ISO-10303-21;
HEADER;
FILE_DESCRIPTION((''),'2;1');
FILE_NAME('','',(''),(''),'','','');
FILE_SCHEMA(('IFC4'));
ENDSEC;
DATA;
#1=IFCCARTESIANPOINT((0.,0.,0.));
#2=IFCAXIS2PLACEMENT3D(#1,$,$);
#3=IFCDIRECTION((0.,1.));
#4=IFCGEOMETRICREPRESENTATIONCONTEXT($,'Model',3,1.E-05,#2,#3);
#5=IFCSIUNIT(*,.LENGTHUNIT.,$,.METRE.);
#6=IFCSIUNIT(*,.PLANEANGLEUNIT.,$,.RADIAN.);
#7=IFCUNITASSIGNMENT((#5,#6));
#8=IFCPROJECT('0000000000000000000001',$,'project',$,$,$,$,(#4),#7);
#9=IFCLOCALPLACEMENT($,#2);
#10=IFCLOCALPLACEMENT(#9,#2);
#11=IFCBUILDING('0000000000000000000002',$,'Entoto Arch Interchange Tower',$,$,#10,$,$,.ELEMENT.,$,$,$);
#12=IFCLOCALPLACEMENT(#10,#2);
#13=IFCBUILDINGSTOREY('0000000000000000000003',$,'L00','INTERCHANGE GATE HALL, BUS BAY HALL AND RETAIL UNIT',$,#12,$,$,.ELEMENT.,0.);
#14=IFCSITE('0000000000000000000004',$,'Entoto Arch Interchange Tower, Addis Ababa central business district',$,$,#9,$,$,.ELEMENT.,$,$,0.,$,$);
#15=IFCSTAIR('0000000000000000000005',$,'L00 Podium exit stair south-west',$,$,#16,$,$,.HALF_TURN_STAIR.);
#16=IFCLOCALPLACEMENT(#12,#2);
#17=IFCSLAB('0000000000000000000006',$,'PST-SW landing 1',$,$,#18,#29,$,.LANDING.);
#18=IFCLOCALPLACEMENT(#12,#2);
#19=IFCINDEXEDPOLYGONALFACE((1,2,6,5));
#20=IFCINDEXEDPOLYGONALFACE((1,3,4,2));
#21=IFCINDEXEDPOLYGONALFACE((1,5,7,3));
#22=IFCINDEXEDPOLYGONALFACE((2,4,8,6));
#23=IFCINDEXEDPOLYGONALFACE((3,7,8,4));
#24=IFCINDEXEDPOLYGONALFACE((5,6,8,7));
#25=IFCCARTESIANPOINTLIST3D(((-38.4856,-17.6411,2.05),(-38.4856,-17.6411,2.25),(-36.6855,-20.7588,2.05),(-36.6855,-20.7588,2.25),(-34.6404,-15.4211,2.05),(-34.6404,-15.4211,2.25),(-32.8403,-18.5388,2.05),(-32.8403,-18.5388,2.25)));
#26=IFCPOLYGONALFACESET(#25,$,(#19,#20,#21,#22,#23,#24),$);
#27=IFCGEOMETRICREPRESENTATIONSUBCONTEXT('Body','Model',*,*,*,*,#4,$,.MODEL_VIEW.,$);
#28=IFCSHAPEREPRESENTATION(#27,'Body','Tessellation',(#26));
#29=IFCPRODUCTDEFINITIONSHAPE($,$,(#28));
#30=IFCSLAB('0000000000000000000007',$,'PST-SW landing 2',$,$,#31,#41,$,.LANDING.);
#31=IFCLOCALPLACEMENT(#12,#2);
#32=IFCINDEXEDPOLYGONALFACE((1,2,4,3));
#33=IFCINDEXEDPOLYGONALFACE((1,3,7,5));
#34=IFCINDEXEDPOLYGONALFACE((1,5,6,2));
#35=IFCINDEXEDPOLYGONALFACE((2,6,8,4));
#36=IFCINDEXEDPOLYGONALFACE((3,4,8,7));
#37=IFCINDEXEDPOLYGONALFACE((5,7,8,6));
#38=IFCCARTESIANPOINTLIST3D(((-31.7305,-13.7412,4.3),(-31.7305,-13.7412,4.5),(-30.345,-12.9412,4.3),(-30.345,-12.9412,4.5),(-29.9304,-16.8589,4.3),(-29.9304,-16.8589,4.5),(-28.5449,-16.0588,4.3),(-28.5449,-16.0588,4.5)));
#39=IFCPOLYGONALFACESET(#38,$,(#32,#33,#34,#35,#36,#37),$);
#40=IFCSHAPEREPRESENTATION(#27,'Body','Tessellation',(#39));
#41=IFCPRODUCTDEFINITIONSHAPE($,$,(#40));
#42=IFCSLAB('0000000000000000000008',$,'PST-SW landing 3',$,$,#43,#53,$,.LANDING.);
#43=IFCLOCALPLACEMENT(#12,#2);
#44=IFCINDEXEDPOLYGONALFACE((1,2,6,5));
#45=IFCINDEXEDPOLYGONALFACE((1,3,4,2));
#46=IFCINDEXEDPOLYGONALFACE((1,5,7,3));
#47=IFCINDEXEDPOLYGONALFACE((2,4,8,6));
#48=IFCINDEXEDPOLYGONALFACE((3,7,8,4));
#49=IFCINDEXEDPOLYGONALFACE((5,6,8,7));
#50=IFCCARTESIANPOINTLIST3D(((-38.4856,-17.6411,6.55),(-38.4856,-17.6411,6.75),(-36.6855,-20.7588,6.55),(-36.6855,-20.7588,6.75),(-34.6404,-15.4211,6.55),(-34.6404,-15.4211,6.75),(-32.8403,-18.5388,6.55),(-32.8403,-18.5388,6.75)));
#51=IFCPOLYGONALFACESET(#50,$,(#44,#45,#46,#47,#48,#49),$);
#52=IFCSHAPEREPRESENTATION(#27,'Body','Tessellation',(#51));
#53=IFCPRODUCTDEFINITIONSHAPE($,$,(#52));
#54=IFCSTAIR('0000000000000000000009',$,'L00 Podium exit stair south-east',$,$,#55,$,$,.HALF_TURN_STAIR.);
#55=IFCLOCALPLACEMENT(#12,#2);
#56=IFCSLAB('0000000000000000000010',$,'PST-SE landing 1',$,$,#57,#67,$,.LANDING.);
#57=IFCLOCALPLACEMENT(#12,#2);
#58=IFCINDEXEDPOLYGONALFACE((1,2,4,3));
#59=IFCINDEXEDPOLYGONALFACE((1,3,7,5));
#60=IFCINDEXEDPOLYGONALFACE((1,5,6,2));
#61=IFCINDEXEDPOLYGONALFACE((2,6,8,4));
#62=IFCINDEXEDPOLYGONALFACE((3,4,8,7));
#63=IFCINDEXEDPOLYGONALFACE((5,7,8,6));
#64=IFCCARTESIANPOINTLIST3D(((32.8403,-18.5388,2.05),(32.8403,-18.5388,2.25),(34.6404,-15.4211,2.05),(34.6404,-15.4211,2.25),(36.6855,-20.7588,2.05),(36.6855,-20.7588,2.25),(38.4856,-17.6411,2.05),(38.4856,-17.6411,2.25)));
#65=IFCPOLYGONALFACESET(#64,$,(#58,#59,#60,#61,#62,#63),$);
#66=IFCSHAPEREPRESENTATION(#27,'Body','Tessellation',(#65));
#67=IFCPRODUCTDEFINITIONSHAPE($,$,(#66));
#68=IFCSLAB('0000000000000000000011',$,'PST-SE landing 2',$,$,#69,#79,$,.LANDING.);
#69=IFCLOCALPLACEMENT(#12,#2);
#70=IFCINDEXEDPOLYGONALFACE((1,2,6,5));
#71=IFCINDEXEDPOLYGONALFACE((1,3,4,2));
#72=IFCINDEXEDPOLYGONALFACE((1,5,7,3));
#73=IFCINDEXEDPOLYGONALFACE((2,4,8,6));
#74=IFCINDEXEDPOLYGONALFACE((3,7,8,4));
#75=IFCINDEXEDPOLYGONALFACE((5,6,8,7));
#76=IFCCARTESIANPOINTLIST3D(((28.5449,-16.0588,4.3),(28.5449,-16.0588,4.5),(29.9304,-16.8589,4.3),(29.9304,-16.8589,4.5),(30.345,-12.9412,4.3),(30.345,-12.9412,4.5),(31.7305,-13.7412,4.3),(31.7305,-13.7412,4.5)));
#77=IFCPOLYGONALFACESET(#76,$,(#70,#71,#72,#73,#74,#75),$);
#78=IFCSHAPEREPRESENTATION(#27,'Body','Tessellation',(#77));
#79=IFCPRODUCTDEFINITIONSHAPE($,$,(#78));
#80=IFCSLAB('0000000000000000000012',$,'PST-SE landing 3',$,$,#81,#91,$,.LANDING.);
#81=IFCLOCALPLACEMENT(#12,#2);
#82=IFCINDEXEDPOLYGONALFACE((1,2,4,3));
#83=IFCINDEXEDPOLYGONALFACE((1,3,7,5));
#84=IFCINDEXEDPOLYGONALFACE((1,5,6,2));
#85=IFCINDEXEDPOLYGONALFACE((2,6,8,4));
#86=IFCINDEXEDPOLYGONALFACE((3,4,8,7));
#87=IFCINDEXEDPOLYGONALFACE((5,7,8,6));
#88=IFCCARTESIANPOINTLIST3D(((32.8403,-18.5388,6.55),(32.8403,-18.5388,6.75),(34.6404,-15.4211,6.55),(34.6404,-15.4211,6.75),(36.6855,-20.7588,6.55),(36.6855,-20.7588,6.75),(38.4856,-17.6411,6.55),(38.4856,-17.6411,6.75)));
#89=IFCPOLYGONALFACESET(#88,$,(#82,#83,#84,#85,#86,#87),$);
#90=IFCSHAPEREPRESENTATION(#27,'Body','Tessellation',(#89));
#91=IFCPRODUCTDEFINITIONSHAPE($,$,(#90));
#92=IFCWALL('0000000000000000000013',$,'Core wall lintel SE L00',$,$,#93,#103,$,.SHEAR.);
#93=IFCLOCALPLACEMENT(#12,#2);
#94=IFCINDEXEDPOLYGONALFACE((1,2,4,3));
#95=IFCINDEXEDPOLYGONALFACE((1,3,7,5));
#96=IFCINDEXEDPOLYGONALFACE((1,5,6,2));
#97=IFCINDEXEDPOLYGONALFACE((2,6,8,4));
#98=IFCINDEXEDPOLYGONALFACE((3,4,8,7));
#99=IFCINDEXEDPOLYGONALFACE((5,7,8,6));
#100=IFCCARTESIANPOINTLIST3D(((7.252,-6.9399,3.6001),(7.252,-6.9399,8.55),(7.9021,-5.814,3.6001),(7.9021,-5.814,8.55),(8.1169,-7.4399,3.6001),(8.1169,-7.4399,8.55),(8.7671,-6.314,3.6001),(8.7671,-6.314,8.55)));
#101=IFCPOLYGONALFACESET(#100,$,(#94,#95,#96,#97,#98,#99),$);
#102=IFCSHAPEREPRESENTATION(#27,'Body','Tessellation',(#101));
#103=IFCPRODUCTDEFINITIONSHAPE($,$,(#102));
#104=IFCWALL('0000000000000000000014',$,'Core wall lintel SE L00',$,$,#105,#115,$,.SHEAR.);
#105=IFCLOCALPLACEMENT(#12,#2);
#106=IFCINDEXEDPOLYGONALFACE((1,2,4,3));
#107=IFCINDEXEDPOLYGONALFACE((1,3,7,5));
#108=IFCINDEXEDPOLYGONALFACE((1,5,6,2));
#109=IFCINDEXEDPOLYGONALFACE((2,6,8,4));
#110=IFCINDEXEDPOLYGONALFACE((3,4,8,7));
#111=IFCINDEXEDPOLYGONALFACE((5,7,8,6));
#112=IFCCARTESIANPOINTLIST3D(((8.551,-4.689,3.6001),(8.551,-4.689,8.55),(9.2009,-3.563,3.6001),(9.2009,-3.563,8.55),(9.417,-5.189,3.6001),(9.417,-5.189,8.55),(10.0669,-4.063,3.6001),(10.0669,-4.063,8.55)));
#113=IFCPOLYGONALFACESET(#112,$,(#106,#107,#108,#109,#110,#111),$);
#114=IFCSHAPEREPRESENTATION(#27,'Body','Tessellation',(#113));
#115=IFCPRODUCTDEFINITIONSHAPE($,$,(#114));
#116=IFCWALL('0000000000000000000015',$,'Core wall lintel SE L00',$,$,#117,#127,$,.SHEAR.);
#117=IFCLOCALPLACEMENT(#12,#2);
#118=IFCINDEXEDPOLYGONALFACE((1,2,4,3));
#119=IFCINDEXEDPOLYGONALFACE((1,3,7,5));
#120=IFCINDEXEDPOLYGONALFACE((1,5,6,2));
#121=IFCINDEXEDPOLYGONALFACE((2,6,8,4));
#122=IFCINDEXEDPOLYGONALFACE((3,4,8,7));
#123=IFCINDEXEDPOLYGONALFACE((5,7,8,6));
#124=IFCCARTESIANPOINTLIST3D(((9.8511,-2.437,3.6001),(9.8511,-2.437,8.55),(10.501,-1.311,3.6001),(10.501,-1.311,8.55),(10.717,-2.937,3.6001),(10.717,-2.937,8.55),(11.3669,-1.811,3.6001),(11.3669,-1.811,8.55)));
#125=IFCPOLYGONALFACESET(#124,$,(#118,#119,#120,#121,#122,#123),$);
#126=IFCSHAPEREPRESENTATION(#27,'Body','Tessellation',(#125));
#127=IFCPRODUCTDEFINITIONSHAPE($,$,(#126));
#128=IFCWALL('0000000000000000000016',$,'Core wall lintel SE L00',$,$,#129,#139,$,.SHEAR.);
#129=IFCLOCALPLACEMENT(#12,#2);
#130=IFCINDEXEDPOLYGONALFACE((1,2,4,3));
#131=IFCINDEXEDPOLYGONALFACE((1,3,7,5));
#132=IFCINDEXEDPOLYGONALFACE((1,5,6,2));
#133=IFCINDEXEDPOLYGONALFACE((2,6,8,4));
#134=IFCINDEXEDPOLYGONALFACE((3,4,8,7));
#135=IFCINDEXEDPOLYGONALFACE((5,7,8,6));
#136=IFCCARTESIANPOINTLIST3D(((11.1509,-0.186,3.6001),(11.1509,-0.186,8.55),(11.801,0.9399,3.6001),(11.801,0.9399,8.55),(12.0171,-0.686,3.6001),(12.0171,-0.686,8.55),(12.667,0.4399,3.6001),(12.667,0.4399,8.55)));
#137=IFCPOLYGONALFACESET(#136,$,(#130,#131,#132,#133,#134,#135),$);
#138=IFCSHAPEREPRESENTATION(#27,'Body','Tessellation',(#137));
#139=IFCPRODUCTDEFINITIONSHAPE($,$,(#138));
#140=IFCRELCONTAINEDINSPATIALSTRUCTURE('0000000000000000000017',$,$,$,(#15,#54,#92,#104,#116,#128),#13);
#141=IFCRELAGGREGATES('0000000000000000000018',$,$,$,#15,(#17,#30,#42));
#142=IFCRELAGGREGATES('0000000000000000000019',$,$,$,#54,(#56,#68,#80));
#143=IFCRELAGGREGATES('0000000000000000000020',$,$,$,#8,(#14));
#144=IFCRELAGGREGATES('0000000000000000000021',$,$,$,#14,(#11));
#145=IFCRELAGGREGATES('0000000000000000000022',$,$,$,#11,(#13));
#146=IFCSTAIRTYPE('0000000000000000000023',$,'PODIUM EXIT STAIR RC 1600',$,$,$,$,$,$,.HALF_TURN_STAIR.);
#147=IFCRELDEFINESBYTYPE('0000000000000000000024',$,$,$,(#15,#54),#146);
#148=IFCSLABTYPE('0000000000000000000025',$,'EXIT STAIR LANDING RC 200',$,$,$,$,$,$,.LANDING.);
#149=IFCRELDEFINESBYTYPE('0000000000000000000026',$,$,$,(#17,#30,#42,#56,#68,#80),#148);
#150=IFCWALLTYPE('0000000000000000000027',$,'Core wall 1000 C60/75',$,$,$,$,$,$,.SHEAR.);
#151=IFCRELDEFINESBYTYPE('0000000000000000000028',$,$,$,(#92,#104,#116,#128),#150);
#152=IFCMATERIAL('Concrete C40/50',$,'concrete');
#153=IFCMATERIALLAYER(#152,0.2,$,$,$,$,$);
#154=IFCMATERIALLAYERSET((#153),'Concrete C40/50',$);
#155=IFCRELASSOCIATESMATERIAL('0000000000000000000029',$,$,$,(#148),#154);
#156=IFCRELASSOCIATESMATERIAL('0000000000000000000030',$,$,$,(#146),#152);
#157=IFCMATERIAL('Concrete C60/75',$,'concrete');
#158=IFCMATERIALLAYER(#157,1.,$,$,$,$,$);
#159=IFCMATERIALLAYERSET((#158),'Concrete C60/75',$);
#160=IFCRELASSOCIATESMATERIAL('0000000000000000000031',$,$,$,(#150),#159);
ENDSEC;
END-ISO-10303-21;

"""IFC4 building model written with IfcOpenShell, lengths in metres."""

from ifc_helpers import new_model, si_unit, direction, frame, origin, place, context, subcontext, project, spatial, polyline, outline, extrude, material, layer, layer_set, type_object, element, aggregate, save


model = new_model("IFC4")

# Units and contexts
model_context = context("Model", 3, precision=1e-05, world=origin(), true_north=direction((0.0, 1.0)))
body_context = subcontext(model_context, "Body", "Model", "MODEL_VIEW")
ifc_project = project(units=[si_unit("LENGTHUNIT", "METRE"), si_unit("PLANEANGLEUNIT", "RADIAN")], contexts=[model_context])

# Site, building, storey
site_placement = place(None, origin())
site = spatial("IfcSite", under=ifc_project, at=site_placement, Name="Entoto Arch Interchange Tower, Addis Ababa central business district", CompositionType="ELEMENT", RefElevation=0.0)
building_placement = place(site_placement, origin())
building = spatial("IfcBuilding", under=site, at=building_placement, Name="Entoto Arch Interchange Tower", CompositionType="ELEMENT")
storey_placement = place(building_placement, origin())
storey = spatial("IfcBuildingStorey", under=building, at=storey_placement, Name="L00", Description="INTERCHANGE GATE HALL, BUS BAY HALL AND RETAIL UNIT", CompositionType="ELEMENT", Elevation=0.0)

# Stairs, slabs
ifc_material_1 = material(Name="Concrete C40/50", Category="concrete")
ifc_layer_1 = layer(ifc_material_1, 0.2)
ifc_layer_set_1 = layer_set([ifc_layer_1], Name="Concrete C40/50")
slab_type = type_object("IfcSlabType", Name="EXIT STAIR LANDING RC 200", PredefinedType="LANDING", material=ifc_layer_set_1)
stair_type_1 = type_object("IfcStairType", Name="PODIUM EXIT STAIR RC 1600", PredefinedType="HALF_TURN_STAIR", material=ifc_material_1)
stair_1_placement = place(storey_placement, origin())
stair_1 = element("IfcStair", 1, at=stair_1_placement, inside=storey, type_object=stair_type_1, Name="L00 Podium exit stair south-west", PredefinedType="HALF_TURN_STAIR")
slab_1_placement = place(storey_placement, frame((0.0, 0.0, 2.05)))
slab_1 = element("IfcSlab", 2, at=slab_1_placement, type_object=slab_type, Name="PST-SW landing 1", PredefinedType="LANDING", context=body_context, shape_type="SweptSolid", body=[
    extrude(outline(polyline([(-34.6404, -15.4211), (-38.4856, -17.6411), (-36.6855, -20.7588), (-32.8403, -18.5388), (-34.6404, -15.4211)])), origin(), (0.0, 0.0, 1.0), 0.2),
])
slab_2_placement = place(storey_placement, frame((0.0, 0.0, 4.3)))
slab_2 = element("IfcSlab", 3, at=slab_2_placement, type_object=slab_type, Name="PST-SW landing 2", PredefinedType="LANDING", context=body_context, shape_type="SweptSolid", body=[
    extrude(outline(polyline([(-30.345, -12.9412), (-31.7305, -13.7412), (-29.9304, -16.8589), (-28.5449, -16.0588), (-30.345, -12.9412)])), origin(), (0.0, 0.0, 1.0), 0.2),
])
slab_3_placement = place(storey_placement, frame((0.0, 0.0, 6.55)))
slab_3 = element("IfcSlab", 4, at=slab_3_placement, type_object=slab_type, Name="PST-SW landing 3", PredefinedType="LANDING", context=body_context, shape_type="SweptSolid", body=[
    extrude(outline(polyline([(-34.6404, -15.4211), (-38.4856, -17.6411), (-36.6855, -20.7588), (-32.8403, -18.5388), (-34.6404, -15.4211)])), origin(), (0.0, 0.0, 1.0), 0.2),
])
aggregate(stair_1, [slab_1, slab_2, slab_3])
stair_2_placement = place(storey_placement, origin())
stair_2 = element("IfcStair", 5, at=stair_2_placement, inside=storey, type_object=stair_type_1, Name="L00 Podium exit stair south-east", PredefinedType="HALF_TURN_STAIR")
slab_4_placement = place(storey_placement, frame((0.0, 0.0, 2.05)))
slab_4 = element("IfcSlab", 6, at=slab_4_placement, type_object=slab_type, Name="PST-SE landing 1", PredefinedType="LANDING", context=body_context, shape_type="SweptSolid", body=[
    extrude(outline(polyline([(32.8403, -18.5388), (36.6855, -20.7588), (38.4856, -17.6411), (34.6404, -15.4211), (32.8403, -18.5388)])), origin(), (0.0, 0.0, 1.0), 0.2),
])
slab_5_placement = place(storey_placement, frame((0.0, 0.0, 4.3)))
slab_5 = element("IfcSlab", 7, at=slab_5_placement, type_object=slab_type, Name="PST-SE landing 2", PredefinedType="LANDING", context=body_context, shape_type="SweptSolid", body=[
    extrude(outline(polyline([(28.5449, -16.0588), (29.9304, -16.8589), (31.7305, -13.7412), (30.345, -12.9412), (28.5449, -16.0588)])), origin(), (0.0, 0.0, 1.0), 0.2),
])
slab_6_placement = place(storey_placement, frame((0.0, 0.0, 6.55)))
slab_6 = element("IfcSlab", 8, at=slab_6_placement, type_object=slab_type, Name="PST-SE landing 3", PredefinedType="LANDING", context=body_context, shape_type="SweptSolid", body=[
    extrude(outline(polyline([(32.8403, -18.5388), (36.6855, -20.7588), (38.4856, -17.6411), (34.6404, -15.4211), (32.8403, -18.5388)])), origin(), (0.0, 0.0, 1.0), 0.2),
])
aggregate(stair_2, [slab_4, slab_5, slab_6])

# Walls
ifc_material_2 = material(Name="Concrete C60/75", Category="concrete")
ifc_layer_2 = layer(ifc_material_2, 1.0)
ifc_layer_set_2 = layer_set([ifc_layer_2], Name="Concrete C60/75")
wall_type = type_object("IfcWallType", Name="Core wall 1000 C60/75", PredefinedType="SHEAR", material=ifc_layer_set_2)
wall_1_placement = place(storey_placement, frame((0.0, 0.0, 3.6001)))
element("IfcWall", 9, at=wall_1_placement, inside=storey, type_object=wall_type, Name="Core wall lintel SE L00", PredefinedType="SHEAR", context=body_context, shape_type="SweptSolid", body=[
    extrude(outline(polyline([(8.7671, -6.314), (7.9021, -5.814), (7.252, -6.9399), (8.1169, -7.4399), (8.7671, -6.314)])), origin(), (0.0, 0.0, 1.0), 4.95),
])
wall_2_placement = place(storey_placement, frame((0.0, 0.0, 3.6001)))
element("IfcWall", 10, at=wall_2_placement, inside=storey, type_object=wall_type, Name="Core wall lintel SE L00", PredefinedType="SHEAR", context=body_context, shape_type="SweptSolid", body=[
    extrude(outline(polyline([(10.0669, -4.063), (9.2009, -3.563), (8.551, -4.689), (9.417, -5.189), (10.0669, -4.063)])), origin(), (0.0, 0.0, 1.0), 4.95),
])
wall_3_placement = place(storey_placement, frame((0.0, 0.0, 3.6001)))
element("IfcWall", 11, at=wall_3_placement, inside=storey, type_object=wall_type, Name="Core wall lintel SE L00", PredefinedType="SHEAR", context=body_context, shape_type="SweptSolid", body=[
    extrude(outline(polyline([(11.3669, -1.811), (10.501, -1.311), (9.8511, -2.437), (10.717, -2.937), (11.3669, -1.811)])), origin(), (0.0, 0.0, 1.0), 4.95),
])
wall_4_placement = place(storey_placement, frame((0.0, 0.0, 3.6001)))
element("IfcWall", 12, at=wall_4_placement, inside=storey, type_object=wall_type, Name="Core wall lintel SE L00", PredefinedType="SHEAR", context=body_context, shape_type="SweptSolid", body=[
    extrude(outline(polyline([(12.667, 0.4399), (11.801, 0.9399), (11.1509, -0.186), (12.0171, -0.686), (12.667, 0.4399)])), origin(), (0.0, 0.0, 1.0), 4.95),
])

save(model, "model.ifc")
